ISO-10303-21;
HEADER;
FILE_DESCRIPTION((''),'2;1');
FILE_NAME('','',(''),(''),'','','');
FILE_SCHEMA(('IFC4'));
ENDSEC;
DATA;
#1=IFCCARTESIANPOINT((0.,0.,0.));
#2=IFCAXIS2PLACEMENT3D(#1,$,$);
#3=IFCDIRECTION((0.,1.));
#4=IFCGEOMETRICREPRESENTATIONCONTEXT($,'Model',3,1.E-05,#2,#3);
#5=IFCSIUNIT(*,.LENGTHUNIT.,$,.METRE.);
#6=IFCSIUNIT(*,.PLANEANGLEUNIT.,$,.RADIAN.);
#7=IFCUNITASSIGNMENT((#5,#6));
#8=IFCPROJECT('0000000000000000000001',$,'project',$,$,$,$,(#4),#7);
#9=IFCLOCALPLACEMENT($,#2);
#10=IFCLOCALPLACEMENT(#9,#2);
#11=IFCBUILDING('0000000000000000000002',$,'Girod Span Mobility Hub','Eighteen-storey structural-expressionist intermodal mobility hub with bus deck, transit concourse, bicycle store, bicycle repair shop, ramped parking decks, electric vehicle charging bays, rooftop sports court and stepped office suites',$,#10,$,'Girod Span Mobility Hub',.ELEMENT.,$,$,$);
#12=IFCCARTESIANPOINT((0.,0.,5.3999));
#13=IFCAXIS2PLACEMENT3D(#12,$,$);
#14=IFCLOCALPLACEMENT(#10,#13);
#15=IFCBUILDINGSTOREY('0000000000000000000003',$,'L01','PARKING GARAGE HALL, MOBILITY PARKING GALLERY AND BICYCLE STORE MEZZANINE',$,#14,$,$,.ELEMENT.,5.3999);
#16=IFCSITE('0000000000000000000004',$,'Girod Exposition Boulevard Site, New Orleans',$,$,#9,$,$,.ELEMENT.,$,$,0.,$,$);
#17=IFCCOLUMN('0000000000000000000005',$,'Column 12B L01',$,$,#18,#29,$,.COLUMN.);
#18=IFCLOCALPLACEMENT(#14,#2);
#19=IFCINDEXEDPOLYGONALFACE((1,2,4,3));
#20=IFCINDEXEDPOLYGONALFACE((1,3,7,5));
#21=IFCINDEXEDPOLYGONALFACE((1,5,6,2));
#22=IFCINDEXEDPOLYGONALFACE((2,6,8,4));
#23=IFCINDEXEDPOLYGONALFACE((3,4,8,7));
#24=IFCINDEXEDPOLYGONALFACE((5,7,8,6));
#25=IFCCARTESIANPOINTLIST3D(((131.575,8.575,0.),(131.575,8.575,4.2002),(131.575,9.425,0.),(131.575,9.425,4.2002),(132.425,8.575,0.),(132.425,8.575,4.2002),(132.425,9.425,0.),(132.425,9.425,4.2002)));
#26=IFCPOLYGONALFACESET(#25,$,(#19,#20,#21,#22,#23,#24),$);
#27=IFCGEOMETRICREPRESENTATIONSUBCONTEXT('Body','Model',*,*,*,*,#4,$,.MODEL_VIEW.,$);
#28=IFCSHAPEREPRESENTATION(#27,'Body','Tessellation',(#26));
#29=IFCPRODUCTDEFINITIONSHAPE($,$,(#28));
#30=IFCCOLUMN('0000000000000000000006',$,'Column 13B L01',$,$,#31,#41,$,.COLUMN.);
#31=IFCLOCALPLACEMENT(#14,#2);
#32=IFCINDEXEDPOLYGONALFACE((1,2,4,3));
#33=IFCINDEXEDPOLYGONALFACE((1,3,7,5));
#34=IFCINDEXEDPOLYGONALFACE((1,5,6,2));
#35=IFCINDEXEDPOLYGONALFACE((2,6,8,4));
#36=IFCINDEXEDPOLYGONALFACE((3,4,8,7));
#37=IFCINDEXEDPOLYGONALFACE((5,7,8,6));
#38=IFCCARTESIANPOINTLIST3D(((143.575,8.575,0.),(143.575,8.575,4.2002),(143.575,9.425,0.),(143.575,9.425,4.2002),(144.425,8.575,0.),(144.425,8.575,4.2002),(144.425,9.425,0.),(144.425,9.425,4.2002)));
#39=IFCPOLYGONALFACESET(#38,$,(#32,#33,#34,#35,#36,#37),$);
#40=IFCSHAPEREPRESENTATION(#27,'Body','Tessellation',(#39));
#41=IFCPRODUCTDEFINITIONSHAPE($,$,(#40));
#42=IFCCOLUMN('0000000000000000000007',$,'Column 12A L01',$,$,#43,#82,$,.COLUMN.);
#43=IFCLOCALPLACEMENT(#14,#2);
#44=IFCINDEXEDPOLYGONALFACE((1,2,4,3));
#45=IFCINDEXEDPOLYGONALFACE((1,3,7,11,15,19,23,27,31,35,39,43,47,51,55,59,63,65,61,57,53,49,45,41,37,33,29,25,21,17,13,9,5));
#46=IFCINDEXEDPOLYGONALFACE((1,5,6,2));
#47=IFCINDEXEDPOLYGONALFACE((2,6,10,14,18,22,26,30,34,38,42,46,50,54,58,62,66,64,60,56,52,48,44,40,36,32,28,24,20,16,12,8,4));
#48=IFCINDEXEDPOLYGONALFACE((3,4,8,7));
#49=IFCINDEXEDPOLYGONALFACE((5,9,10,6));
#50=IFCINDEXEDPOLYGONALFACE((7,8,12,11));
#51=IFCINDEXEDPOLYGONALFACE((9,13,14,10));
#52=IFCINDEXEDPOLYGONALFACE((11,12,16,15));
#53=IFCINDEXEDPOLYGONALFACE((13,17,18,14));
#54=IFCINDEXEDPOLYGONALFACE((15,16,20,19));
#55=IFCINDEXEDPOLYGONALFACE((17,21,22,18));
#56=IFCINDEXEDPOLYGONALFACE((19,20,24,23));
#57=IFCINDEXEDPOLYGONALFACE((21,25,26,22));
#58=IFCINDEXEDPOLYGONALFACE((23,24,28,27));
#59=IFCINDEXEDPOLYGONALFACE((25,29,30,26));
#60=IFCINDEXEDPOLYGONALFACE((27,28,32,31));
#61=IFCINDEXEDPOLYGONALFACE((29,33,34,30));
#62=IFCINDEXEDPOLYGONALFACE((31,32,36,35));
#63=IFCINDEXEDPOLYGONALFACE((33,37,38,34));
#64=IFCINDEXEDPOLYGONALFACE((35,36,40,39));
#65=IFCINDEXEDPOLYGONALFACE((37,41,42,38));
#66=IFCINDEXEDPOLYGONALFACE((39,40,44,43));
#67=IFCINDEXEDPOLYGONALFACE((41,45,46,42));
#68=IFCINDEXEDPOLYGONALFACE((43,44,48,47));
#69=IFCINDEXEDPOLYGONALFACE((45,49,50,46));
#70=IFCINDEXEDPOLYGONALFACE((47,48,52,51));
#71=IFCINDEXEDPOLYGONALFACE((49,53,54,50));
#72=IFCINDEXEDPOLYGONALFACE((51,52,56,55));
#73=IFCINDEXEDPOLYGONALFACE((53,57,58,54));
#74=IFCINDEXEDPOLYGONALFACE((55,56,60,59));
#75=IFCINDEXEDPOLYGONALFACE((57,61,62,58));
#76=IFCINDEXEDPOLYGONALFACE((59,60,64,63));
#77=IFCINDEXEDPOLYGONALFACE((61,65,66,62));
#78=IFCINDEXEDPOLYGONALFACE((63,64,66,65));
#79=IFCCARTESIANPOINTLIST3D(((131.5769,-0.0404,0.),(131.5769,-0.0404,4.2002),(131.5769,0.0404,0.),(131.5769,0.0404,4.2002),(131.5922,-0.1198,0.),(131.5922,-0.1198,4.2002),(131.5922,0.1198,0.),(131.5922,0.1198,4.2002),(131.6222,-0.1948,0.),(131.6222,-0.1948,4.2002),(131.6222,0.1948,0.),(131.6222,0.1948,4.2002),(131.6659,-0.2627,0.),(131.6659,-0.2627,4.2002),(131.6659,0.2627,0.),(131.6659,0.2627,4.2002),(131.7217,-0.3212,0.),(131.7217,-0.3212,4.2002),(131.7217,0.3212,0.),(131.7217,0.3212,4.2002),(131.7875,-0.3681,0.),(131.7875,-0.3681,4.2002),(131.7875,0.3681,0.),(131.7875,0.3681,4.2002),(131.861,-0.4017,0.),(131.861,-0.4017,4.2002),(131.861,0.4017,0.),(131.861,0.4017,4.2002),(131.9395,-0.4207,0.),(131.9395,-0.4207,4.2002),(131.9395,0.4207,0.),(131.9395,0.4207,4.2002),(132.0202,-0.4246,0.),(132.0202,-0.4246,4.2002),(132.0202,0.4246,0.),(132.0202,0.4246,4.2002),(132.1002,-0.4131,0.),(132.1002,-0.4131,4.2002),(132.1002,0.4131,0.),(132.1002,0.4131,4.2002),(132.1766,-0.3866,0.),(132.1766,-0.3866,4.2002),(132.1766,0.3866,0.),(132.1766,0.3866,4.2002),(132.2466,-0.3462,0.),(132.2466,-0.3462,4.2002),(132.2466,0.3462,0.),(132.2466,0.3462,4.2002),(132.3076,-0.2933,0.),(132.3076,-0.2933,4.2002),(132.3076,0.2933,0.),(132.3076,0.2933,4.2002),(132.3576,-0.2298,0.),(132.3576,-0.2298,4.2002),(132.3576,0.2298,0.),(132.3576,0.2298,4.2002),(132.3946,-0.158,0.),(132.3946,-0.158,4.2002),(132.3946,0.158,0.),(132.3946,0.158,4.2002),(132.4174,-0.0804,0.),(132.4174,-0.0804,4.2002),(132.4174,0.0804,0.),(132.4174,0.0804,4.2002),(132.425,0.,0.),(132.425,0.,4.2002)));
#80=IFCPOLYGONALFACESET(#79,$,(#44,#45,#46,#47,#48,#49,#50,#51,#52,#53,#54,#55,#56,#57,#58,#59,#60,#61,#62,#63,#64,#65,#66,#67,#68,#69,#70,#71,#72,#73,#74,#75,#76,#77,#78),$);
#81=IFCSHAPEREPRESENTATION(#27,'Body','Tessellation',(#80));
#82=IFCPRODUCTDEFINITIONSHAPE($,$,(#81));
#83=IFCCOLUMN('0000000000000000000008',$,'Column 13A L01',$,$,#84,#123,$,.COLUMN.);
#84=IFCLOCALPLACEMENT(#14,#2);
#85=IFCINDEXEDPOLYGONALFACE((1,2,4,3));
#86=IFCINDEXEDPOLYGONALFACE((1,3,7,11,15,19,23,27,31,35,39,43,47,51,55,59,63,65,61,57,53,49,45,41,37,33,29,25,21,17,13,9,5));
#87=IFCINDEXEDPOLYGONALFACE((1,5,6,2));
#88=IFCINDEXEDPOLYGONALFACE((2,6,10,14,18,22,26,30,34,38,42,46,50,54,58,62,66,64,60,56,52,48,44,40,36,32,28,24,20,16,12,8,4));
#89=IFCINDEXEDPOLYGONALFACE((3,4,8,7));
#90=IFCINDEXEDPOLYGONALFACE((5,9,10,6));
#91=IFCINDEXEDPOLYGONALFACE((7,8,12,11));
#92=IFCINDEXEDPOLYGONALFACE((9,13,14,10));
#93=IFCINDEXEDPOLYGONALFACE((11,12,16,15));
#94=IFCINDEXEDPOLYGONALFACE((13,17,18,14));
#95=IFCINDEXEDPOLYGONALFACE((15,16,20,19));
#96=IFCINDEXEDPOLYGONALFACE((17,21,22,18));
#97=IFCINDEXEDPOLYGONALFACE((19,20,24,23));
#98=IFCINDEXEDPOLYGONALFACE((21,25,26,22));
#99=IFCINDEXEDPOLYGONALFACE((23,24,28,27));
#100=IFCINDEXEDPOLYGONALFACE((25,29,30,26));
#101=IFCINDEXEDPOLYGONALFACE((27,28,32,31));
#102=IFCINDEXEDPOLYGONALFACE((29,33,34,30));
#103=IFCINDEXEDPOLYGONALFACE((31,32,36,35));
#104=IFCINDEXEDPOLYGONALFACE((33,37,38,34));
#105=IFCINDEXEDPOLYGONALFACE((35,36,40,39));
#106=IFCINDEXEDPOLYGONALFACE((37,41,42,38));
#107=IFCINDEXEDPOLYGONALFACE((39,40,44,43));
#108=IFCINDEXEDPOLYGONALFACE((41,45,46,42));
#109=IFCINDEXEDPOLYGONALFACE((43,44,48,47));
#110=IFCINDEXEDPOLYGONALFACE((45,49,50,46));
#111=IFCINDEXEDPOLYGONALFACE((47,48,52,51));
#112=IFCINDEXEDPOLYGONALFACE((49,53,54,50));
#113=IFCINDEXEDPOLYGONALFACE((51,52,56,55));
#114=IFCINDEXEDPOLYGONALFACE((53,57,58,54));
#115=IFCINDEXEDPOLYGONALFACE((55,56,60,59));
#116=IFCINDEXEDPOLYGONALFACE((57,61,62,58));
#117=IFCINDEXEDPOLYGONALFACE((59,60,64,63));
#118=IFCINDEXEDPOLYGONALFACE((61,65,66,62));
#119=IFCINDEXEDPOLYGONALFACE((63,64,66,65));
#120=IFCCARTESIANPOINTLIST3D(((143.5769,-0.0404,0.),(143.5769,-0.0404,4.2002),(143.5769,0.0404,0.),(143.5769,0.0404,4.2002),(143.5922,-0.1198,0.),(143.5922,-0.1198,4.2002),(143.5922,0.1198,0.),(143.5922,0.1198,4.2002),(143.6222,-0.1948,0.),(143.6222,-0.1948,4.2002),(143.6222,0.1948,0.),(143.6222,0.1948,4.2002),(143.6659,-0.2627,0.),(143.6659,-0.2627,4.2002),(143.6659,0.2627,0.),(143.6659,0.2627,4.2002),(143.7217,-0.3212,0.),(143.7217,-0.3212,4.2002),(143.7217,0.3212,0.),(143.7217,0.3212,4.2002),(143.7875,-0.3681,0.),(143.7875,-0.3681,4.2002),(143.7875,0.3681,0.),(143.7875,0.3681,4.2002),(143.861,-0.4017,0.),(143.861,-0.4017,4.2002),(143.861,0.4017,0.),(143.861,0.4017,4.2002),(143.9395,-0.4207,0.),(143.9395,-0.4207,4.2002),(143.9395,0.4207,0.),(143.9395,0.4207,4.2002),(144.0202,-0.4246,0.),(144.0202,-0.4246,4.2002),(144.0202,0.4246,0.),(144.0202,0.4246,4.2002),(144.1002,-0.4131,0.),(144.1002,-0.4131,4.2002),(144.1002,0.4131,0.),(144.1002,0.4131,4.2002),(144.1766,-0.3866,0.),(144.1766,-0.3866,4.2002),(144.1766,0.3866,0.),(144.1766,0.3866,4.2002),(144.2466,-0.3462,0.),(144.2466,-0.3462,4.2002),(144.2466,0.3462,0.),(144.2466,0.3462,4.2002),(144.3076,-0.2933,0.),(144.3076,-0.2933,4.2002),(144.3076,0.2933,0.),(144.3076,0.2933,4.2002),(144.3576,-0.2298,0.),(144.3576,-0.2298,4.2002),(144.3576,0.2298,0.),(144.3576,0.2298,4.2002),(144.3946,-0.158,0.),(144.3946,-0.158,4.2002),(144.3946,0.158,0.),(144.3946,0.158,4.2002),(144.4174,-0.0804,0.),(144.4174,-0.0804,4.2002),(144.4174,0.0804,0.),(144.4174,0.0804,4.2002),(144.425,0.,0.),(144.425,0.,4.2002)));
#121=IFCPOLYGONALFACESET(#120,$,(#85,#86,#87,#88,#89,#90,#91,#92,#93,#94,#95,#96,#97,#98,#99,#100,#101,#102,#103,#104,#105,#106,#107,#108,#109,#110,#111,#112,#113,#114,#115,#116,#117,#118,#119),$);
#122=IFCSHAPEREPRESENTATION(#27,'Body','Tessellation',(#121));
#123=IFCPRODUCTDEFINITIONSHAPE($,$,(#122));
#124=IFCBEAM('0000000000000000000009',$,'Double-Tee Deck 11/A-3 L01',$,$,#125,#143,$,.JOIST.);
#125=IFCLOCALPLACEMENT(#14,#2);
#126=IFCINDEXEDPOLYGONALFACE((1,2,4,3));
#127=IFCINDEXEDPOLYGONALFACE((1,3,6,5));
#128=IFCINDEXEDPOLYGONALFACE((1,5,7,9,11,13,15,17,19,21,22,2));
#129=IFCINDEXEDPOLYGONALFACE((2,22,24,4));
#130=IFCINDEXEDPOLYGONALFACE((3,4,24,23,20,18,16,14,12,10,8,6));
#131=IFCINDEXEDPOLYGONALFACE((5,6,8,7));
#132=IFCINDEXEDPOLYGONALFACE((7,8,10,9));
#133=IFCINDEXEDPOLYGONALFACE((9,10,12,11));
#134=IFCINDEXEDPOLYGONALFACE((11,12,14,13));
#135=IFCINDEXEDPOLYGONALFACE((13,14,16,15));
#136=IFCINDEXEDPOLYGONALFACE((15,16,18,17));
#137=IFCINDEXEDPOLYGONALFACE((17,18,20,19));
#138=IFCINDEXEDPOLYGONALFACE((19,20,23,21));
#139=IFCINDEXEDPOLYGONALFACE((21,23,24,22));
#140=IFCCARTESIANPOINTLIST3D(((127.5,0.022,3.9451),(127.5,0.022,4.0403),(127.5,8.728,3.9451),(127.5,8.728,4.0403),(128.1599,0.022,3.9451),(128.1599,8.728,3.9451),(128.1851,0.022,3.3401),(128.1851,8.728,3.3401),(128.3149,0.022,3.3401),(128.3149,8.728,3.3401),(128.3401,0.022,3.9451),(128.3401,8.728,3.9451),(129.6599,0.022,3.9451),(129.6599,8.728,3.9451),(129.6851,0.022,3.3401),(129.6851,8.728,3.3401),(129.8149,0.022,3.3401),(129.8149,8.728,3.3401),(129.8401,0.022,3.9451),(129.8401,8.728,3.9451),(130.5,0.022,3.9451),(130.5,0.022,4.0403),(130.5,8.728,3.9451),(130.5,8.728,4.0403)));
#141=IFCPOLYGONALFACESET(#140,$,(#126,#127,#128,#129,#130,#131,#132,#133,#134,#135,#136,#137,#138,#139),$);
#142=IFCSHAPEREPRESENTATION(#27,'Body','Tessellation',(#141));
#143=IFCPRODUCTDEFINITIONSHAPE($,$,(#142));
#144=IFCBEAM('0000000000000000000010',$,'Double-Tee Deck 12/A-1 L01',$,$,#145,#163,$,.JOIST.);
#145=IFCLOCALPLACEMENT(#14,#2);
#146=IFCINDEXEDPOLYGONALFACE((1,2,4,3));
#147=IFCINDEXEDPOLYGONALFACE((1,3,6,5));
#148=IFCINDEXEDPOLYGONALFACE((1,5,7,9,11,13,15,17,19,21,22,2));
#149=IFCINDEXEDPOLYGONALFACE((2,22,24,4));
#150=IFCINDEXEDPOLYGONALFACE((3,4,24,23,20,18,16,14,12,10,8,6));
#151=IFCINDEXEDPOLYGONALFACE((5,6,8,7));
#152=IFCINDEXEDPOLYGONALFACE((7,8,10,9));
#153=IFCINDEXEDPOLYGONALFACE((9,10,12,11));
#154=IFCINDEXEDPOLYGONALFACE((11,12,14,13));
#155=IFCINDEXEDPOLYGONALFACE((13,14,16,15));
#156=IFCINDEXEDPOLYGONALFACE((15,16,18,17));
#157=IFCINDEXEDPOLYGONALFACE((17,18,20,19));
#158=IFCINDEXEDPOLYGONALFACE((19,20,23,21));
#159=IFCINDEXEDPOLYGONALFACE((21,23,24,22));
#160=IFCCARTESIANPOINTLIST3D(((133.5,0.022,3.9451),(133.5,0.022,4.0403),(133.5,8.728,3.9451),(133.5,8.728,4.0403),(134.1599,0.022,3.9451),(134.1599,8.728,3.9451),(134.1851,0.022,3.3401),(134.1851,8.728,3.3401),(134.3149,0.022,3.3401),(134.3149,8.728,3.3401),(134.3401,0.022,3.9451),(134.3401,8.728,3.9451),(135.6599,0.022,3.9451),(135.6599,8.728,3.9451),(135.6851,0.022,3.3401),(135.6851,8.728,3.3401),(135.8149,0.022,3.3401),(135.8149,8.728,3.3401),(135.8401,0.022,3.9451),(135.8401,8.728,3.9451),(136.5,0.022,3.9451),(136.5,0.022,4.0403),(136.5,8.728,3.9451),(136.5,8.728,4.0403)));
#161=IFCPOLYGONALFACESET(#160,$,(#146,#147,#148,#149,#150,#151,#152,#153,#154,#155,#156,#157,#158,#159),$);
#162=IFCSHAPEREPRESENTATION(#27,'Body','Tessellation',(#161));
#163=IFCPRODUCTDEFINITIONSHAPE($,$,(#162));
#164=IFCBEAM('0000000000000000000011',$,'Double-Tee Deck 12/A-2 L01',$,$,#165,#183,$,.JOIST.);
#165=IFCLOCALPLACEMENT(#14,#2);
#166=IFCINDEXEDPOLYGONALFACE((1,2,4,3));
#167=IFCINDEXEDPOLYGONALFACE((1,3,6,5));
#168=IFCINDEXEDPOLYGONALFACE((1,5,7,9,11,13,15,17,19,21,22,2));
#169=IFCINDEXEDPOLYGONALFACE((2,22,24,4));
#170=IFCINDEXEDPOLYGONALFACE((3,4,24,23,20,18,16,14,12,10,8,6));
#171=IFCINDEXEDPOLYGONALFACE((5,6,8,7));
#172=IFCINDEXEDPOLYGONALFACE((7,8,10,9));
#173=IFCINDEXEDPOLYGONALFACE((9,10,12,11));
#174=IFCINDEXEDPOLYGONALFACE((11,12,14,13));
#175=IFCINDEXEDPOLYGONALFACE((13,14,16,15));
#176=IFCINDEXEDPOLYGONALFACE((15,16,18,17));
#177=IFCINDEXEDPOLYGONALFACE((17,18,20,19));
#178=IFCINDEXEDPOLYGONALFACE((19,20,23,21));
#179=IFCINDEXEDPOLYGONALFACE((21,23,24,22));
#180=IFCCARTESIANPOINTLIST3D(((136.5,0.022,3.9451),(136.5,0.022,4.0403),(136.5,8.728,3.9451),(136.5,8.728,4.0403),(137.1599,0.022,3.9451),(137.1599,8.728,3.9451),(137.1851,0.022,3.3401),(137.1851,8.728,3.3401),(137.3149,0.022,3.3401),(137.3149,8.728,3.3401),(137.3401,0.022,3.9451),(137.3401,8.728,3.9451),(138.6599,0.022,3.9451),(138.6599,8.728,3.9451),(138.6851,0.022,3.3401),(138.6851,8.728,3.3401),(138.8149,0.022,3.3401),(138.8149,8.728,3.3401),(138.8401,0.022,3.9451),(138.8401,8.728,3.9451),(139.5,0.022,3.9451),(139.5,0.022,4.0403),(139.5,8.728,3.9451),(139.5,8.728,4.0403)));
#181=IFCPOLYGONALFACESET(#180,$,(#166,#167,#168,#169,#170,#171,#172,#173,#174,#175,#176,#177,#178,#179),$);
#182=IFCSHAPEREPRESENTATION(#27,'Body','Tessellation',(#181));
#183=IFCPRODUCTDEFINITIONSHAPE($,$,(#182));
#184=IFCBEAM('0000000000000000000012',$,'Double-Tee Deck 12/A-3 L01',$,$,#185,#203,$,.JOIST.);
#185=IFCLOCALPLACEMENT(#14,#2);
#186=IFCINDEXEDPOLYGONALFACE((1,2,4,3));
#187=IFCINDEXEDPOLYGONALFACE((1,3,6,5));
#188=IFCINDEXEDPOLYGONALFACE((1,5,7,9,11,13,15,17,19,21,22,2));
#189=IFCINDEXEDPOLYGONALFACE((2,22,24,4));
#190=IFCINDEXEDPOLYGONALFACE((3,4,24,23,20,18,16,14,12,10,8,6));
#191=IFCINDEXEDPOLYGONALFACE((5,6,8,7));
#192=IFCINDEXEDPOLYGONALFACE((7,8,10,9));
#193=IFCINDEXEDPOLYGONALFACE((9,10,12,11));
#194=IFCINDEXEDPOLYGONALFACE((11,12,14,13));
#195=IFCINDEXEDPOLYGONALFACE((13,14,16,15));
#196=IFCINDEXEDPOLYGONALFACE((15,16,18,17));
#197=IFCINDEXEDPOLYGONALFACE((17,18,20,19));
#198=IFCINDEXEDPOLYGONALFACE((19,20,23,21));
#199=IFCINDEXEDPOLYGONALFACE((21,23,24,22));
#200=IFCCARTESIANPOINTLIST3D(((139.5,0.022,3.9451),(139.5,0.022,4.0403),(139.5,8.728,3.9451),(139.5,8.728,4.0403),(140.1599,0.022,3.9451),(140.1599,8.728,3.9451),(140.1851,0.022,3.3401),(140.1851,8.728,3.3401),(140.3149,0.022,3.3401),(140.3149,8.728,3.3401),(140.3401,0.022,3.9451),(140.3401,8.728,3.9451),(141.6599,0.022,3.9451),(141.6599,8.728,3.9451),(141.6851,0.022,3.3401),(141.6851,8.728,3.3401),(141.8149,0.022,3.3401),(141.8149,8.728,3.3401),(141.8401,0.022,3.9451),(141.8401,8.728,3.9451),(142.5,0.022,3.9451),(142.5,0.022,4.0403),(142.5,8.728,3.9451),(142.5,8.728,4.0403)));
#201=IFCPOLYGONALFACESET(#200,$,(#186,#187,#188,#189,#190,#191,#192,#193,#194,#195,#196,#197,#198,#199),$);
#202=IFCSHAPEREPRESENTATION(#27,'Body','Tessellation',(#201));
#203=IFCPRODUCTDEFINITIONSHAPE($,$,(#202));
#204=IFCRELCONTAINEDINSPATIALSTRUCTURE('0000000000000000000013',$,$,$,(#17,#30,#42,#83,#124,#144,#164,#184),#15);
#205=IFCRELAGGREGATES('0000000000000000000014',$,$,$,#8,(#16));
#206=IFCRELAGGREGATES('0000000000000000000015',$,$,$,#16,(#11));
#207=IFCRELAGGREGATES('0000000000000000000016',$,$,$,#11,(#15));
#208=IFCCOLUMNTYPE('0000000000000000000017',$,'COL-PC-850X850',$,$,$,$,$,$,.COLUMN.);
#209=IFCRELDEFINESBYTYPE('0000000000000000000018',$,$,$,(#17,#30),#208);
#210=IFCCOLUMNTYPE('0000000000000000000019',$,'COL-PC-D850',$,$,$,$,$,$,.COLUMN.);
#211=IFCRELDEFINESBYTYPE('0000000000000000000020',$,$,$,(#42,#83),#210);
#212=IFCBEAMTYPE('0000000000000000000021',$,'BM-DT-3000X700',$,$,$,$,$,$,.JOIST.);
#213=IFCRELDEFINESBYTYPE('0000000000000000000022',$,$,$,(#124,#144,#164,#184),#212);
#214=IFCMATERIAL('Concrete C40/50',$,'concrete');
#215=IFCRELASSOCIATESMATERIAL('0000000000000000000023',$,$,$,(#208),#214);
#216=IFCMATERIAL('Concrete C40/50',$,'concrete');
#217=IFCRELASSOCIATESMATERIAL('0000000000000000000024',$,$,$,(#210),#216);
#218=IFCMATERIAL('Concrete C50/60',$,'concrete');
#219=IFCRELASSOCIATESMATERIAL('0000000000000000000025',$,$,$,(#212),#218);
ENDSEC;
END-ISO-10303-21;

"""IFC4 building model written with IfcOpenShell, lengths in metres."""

from ifc_helpers import new_model, si_unit, direction, frame, origin, origin_2d, place, context, subcontext, project, spatial, polyline, rectangle, circle, outline, extrude, material, material_profile, profile_set, type_object, element, save


model = new_model("IFC4")

# Units and contexts
model_context = context("Model", 3, precision=1e-05, world=origin(), true_north=direction((0.0, 1.0)))
body_context = subcontext(model_context, "Body", "Model", "MODEL_VIEW")
ifc_project = project(units=[si_unit("LENGTHUNIT", "METRE"), si_unit("PLANEANGLEUNIT", "RADIAN")], contexts=[model_context])

# Site, building, storey
site_placement = place(None, origin())
site = spatial("IfcSite", under=ifc_project, at=site_placement, Name="Girod Exposition Boulevard Site, New Orleans", CompositionType="ELEMENT", RefElevation=0.0)
building_placement = place(site_placement, origin())
building = spatial("IfcBuilding", under=site, at=building_placement, Name="Girod Span Mobility Hub", Description="Eighteen-storey structural-expressionist intermodal mobility hub with bus deck, transit concourse, bicycle store, bicycle repair shop, ramped parking decks, electric vehicle charging bays, rooftop sports court and stepped office suites", LongName="Girod Span Mobility Hub", CompositionType="ELEMENT")
storey_placement = place(building_placement, frame((0.0, 0.0, 5.3999)))
storey = spatial("IfcBuildingStorey", under=building, at=storey_placement, Name="L01", Description="PARKING GARAGE HALL, MOBILITY PARKING GALLERY AND BICYCLE STORE MEZZANINE", CompositionType="ELEMENT", Elevation=5.3999)

# Columns
ifc_material_1 = material(Name="Concrete C40/50", Category="concrete")
ifc_material_profile_1 = material_profile(ifc_material_1, rectangle(XDim=0.8501, YDim=0.8501, at=origin_2d()), Name="PC-COL-850X850")
ifc_profile_set_1 = profile_set([ifc_material_profile_1], Name="Concrete C40/50")
column_type_1 = type_object("IfcColumnType", Name="COL-PC-850X850", PredefinedType="COLUMN", material=ifc_profile_set_1)
for number, where, z_axis, x_axis, name in (
    (1, (132.0, 9.0, 0.0), (0.0, 0.0, 1.0), (1.0, 0.0, 0.0), "Column 12B L01"),
    (2, (144.0, 9.0, 0.0), (0.0, 0.0, 1.0), (1.0, 0.0, 0.0), "Column 13B L01"),
):
    element("IfcColumn", number, at=place(storey_placement, frame(where, z_axis=z_axis, x_axis=x_axis)), inside=storey, type_object=column_type_1, Name=name, PredefinedType="COLUMN", context=body_context, shape_type="SweptSolid", body=[
        extrude(rectangle(XDim=0.8501, YDim=0.8501, at=origin_2d()), origin(), (0.0, 0.0, 1.0), 4.2002),
    ])
ifc_material_2 = material(Name="Concrete C40/50", Category="concrete")
ifc_material_profile_2 = material_profile(ifc_material_2, circle(Radius=0.425, at=origin_2d()), Name="PC-CIR-D850")
ifc_profile_set_2 = profile_set([ifc_material_profile_2], Name="Concrete C40/50")
column_type_2 = type_object("IfcColumnType", Name="COL-PC-D850", PredefinedType="COLUMN", material=ifc_profile_set_2)
for number, where, z_axis, x_axis, name in (
    (3, (132.0, 0.0, 0.0), (0.0, 0.0, 1.0), (1.0, 0.0, 0.0), "Column 12A L01"),
    (4, (144.0, 0.0, 0.0), (0.0, 0.0, 1.0), (1.0, 0.0, 0.0), "Column 13A L01"),
):
    element("IfcColumn", number, at=place(storey_placement, frame(where, z_axis=z_axis, x_axis=x_axis)), inside=storey, type_object=column_type_2, Name=name, PredefinedType="COLUMN", context=body_context, shape_type="SweptSolid", body=[
        extrude(circle(Radius=0.425, at=origin_2d()), origin(), (0.0, 0.0, 1.0), 4.2002),
    ])

# Beams
ifc_material_3 = material(Name="Concrete C50/60", Category="concrete")
ifc_material_profile_3 = material_profile(ifc_material_3, outline(polyline([(-1.5, 0.3501), (-1.5, 0.2549), (-0.8401, 0.2549), (-0.8149, -0.3501), (-0.6851, -0.3501), (-0.6599, 0.2549), (0.6599, 0.2549), (0.6851, -0.3501), (0.8149, -0.3501), (0.8401, 0.2549), (1.5, 0.2549), (1.5, 0.3501), (-1.5, 0.3501)])), Name="DT-3000X700")
ifc_profile_set_3 = profile_set([ifc_material_profile_3], Name="Concrete C50/60")
beam_type_1 = type_object("IfcBeamType", Name="BM-DT-3000X700", PredefinedType="JOIST", material=ifc_profile_set_3)
for number, where, z_axis, x_axis, name in (
    (5, (129.0, 0.022, 3.6902), (0.0, 1.0, 0.0), (-1.0, 0.0, 0.0), "Double-Tee Deck 11/A-3 L01"),
    (6, (135.0, 0.022, 3.6902), (0.0, 1.0, 0.0), (-1.0, 0.0, 0.0), "Double-Tee Deck 12/A-1 L01"),
    (7, (138.0, 0.022, 3.6902), (0.0, 1.0, 0.0), (-1.0, 0.0, 0.0), "Double-Tee Deck 12/A-2 L01"),
    (8, (141.0, 0.022, 3.6902), (0.0, 1.0, 0.0), (-1.0, 0.0, 0.0), "Double-Tee Deck 12/A-3 L01"),
):
    element("IfcBeam", number, at=place(storey_placement, frame(where, z_axis=z_axis, x_axis=x_axis)), inside=storey, type_object=beam_type_1, Name=name, PredefinedType="JOIST", context=body_context, shape_type="SweptSolid", body=[
        extrude(outline(polyline([(-1.5, 0.3501), (-1.5, 0.2549), (-0.8401, 0.2549), (-0.8149, -0.3501), (-0.6851, -0.3501), (-0.6599, 0.2549), (0.6599, 0.2549), (0.6851, -0.3501), (0.8149, -0.3501), (0.8401, 0.2549), (1.5, 0.2549), (1.5, 0.3501), (-1.5, 0.3501)])), origin(), (0.0, 0.0, 1.0), 8.7061),
    ])

save(model, "model.ifc")
